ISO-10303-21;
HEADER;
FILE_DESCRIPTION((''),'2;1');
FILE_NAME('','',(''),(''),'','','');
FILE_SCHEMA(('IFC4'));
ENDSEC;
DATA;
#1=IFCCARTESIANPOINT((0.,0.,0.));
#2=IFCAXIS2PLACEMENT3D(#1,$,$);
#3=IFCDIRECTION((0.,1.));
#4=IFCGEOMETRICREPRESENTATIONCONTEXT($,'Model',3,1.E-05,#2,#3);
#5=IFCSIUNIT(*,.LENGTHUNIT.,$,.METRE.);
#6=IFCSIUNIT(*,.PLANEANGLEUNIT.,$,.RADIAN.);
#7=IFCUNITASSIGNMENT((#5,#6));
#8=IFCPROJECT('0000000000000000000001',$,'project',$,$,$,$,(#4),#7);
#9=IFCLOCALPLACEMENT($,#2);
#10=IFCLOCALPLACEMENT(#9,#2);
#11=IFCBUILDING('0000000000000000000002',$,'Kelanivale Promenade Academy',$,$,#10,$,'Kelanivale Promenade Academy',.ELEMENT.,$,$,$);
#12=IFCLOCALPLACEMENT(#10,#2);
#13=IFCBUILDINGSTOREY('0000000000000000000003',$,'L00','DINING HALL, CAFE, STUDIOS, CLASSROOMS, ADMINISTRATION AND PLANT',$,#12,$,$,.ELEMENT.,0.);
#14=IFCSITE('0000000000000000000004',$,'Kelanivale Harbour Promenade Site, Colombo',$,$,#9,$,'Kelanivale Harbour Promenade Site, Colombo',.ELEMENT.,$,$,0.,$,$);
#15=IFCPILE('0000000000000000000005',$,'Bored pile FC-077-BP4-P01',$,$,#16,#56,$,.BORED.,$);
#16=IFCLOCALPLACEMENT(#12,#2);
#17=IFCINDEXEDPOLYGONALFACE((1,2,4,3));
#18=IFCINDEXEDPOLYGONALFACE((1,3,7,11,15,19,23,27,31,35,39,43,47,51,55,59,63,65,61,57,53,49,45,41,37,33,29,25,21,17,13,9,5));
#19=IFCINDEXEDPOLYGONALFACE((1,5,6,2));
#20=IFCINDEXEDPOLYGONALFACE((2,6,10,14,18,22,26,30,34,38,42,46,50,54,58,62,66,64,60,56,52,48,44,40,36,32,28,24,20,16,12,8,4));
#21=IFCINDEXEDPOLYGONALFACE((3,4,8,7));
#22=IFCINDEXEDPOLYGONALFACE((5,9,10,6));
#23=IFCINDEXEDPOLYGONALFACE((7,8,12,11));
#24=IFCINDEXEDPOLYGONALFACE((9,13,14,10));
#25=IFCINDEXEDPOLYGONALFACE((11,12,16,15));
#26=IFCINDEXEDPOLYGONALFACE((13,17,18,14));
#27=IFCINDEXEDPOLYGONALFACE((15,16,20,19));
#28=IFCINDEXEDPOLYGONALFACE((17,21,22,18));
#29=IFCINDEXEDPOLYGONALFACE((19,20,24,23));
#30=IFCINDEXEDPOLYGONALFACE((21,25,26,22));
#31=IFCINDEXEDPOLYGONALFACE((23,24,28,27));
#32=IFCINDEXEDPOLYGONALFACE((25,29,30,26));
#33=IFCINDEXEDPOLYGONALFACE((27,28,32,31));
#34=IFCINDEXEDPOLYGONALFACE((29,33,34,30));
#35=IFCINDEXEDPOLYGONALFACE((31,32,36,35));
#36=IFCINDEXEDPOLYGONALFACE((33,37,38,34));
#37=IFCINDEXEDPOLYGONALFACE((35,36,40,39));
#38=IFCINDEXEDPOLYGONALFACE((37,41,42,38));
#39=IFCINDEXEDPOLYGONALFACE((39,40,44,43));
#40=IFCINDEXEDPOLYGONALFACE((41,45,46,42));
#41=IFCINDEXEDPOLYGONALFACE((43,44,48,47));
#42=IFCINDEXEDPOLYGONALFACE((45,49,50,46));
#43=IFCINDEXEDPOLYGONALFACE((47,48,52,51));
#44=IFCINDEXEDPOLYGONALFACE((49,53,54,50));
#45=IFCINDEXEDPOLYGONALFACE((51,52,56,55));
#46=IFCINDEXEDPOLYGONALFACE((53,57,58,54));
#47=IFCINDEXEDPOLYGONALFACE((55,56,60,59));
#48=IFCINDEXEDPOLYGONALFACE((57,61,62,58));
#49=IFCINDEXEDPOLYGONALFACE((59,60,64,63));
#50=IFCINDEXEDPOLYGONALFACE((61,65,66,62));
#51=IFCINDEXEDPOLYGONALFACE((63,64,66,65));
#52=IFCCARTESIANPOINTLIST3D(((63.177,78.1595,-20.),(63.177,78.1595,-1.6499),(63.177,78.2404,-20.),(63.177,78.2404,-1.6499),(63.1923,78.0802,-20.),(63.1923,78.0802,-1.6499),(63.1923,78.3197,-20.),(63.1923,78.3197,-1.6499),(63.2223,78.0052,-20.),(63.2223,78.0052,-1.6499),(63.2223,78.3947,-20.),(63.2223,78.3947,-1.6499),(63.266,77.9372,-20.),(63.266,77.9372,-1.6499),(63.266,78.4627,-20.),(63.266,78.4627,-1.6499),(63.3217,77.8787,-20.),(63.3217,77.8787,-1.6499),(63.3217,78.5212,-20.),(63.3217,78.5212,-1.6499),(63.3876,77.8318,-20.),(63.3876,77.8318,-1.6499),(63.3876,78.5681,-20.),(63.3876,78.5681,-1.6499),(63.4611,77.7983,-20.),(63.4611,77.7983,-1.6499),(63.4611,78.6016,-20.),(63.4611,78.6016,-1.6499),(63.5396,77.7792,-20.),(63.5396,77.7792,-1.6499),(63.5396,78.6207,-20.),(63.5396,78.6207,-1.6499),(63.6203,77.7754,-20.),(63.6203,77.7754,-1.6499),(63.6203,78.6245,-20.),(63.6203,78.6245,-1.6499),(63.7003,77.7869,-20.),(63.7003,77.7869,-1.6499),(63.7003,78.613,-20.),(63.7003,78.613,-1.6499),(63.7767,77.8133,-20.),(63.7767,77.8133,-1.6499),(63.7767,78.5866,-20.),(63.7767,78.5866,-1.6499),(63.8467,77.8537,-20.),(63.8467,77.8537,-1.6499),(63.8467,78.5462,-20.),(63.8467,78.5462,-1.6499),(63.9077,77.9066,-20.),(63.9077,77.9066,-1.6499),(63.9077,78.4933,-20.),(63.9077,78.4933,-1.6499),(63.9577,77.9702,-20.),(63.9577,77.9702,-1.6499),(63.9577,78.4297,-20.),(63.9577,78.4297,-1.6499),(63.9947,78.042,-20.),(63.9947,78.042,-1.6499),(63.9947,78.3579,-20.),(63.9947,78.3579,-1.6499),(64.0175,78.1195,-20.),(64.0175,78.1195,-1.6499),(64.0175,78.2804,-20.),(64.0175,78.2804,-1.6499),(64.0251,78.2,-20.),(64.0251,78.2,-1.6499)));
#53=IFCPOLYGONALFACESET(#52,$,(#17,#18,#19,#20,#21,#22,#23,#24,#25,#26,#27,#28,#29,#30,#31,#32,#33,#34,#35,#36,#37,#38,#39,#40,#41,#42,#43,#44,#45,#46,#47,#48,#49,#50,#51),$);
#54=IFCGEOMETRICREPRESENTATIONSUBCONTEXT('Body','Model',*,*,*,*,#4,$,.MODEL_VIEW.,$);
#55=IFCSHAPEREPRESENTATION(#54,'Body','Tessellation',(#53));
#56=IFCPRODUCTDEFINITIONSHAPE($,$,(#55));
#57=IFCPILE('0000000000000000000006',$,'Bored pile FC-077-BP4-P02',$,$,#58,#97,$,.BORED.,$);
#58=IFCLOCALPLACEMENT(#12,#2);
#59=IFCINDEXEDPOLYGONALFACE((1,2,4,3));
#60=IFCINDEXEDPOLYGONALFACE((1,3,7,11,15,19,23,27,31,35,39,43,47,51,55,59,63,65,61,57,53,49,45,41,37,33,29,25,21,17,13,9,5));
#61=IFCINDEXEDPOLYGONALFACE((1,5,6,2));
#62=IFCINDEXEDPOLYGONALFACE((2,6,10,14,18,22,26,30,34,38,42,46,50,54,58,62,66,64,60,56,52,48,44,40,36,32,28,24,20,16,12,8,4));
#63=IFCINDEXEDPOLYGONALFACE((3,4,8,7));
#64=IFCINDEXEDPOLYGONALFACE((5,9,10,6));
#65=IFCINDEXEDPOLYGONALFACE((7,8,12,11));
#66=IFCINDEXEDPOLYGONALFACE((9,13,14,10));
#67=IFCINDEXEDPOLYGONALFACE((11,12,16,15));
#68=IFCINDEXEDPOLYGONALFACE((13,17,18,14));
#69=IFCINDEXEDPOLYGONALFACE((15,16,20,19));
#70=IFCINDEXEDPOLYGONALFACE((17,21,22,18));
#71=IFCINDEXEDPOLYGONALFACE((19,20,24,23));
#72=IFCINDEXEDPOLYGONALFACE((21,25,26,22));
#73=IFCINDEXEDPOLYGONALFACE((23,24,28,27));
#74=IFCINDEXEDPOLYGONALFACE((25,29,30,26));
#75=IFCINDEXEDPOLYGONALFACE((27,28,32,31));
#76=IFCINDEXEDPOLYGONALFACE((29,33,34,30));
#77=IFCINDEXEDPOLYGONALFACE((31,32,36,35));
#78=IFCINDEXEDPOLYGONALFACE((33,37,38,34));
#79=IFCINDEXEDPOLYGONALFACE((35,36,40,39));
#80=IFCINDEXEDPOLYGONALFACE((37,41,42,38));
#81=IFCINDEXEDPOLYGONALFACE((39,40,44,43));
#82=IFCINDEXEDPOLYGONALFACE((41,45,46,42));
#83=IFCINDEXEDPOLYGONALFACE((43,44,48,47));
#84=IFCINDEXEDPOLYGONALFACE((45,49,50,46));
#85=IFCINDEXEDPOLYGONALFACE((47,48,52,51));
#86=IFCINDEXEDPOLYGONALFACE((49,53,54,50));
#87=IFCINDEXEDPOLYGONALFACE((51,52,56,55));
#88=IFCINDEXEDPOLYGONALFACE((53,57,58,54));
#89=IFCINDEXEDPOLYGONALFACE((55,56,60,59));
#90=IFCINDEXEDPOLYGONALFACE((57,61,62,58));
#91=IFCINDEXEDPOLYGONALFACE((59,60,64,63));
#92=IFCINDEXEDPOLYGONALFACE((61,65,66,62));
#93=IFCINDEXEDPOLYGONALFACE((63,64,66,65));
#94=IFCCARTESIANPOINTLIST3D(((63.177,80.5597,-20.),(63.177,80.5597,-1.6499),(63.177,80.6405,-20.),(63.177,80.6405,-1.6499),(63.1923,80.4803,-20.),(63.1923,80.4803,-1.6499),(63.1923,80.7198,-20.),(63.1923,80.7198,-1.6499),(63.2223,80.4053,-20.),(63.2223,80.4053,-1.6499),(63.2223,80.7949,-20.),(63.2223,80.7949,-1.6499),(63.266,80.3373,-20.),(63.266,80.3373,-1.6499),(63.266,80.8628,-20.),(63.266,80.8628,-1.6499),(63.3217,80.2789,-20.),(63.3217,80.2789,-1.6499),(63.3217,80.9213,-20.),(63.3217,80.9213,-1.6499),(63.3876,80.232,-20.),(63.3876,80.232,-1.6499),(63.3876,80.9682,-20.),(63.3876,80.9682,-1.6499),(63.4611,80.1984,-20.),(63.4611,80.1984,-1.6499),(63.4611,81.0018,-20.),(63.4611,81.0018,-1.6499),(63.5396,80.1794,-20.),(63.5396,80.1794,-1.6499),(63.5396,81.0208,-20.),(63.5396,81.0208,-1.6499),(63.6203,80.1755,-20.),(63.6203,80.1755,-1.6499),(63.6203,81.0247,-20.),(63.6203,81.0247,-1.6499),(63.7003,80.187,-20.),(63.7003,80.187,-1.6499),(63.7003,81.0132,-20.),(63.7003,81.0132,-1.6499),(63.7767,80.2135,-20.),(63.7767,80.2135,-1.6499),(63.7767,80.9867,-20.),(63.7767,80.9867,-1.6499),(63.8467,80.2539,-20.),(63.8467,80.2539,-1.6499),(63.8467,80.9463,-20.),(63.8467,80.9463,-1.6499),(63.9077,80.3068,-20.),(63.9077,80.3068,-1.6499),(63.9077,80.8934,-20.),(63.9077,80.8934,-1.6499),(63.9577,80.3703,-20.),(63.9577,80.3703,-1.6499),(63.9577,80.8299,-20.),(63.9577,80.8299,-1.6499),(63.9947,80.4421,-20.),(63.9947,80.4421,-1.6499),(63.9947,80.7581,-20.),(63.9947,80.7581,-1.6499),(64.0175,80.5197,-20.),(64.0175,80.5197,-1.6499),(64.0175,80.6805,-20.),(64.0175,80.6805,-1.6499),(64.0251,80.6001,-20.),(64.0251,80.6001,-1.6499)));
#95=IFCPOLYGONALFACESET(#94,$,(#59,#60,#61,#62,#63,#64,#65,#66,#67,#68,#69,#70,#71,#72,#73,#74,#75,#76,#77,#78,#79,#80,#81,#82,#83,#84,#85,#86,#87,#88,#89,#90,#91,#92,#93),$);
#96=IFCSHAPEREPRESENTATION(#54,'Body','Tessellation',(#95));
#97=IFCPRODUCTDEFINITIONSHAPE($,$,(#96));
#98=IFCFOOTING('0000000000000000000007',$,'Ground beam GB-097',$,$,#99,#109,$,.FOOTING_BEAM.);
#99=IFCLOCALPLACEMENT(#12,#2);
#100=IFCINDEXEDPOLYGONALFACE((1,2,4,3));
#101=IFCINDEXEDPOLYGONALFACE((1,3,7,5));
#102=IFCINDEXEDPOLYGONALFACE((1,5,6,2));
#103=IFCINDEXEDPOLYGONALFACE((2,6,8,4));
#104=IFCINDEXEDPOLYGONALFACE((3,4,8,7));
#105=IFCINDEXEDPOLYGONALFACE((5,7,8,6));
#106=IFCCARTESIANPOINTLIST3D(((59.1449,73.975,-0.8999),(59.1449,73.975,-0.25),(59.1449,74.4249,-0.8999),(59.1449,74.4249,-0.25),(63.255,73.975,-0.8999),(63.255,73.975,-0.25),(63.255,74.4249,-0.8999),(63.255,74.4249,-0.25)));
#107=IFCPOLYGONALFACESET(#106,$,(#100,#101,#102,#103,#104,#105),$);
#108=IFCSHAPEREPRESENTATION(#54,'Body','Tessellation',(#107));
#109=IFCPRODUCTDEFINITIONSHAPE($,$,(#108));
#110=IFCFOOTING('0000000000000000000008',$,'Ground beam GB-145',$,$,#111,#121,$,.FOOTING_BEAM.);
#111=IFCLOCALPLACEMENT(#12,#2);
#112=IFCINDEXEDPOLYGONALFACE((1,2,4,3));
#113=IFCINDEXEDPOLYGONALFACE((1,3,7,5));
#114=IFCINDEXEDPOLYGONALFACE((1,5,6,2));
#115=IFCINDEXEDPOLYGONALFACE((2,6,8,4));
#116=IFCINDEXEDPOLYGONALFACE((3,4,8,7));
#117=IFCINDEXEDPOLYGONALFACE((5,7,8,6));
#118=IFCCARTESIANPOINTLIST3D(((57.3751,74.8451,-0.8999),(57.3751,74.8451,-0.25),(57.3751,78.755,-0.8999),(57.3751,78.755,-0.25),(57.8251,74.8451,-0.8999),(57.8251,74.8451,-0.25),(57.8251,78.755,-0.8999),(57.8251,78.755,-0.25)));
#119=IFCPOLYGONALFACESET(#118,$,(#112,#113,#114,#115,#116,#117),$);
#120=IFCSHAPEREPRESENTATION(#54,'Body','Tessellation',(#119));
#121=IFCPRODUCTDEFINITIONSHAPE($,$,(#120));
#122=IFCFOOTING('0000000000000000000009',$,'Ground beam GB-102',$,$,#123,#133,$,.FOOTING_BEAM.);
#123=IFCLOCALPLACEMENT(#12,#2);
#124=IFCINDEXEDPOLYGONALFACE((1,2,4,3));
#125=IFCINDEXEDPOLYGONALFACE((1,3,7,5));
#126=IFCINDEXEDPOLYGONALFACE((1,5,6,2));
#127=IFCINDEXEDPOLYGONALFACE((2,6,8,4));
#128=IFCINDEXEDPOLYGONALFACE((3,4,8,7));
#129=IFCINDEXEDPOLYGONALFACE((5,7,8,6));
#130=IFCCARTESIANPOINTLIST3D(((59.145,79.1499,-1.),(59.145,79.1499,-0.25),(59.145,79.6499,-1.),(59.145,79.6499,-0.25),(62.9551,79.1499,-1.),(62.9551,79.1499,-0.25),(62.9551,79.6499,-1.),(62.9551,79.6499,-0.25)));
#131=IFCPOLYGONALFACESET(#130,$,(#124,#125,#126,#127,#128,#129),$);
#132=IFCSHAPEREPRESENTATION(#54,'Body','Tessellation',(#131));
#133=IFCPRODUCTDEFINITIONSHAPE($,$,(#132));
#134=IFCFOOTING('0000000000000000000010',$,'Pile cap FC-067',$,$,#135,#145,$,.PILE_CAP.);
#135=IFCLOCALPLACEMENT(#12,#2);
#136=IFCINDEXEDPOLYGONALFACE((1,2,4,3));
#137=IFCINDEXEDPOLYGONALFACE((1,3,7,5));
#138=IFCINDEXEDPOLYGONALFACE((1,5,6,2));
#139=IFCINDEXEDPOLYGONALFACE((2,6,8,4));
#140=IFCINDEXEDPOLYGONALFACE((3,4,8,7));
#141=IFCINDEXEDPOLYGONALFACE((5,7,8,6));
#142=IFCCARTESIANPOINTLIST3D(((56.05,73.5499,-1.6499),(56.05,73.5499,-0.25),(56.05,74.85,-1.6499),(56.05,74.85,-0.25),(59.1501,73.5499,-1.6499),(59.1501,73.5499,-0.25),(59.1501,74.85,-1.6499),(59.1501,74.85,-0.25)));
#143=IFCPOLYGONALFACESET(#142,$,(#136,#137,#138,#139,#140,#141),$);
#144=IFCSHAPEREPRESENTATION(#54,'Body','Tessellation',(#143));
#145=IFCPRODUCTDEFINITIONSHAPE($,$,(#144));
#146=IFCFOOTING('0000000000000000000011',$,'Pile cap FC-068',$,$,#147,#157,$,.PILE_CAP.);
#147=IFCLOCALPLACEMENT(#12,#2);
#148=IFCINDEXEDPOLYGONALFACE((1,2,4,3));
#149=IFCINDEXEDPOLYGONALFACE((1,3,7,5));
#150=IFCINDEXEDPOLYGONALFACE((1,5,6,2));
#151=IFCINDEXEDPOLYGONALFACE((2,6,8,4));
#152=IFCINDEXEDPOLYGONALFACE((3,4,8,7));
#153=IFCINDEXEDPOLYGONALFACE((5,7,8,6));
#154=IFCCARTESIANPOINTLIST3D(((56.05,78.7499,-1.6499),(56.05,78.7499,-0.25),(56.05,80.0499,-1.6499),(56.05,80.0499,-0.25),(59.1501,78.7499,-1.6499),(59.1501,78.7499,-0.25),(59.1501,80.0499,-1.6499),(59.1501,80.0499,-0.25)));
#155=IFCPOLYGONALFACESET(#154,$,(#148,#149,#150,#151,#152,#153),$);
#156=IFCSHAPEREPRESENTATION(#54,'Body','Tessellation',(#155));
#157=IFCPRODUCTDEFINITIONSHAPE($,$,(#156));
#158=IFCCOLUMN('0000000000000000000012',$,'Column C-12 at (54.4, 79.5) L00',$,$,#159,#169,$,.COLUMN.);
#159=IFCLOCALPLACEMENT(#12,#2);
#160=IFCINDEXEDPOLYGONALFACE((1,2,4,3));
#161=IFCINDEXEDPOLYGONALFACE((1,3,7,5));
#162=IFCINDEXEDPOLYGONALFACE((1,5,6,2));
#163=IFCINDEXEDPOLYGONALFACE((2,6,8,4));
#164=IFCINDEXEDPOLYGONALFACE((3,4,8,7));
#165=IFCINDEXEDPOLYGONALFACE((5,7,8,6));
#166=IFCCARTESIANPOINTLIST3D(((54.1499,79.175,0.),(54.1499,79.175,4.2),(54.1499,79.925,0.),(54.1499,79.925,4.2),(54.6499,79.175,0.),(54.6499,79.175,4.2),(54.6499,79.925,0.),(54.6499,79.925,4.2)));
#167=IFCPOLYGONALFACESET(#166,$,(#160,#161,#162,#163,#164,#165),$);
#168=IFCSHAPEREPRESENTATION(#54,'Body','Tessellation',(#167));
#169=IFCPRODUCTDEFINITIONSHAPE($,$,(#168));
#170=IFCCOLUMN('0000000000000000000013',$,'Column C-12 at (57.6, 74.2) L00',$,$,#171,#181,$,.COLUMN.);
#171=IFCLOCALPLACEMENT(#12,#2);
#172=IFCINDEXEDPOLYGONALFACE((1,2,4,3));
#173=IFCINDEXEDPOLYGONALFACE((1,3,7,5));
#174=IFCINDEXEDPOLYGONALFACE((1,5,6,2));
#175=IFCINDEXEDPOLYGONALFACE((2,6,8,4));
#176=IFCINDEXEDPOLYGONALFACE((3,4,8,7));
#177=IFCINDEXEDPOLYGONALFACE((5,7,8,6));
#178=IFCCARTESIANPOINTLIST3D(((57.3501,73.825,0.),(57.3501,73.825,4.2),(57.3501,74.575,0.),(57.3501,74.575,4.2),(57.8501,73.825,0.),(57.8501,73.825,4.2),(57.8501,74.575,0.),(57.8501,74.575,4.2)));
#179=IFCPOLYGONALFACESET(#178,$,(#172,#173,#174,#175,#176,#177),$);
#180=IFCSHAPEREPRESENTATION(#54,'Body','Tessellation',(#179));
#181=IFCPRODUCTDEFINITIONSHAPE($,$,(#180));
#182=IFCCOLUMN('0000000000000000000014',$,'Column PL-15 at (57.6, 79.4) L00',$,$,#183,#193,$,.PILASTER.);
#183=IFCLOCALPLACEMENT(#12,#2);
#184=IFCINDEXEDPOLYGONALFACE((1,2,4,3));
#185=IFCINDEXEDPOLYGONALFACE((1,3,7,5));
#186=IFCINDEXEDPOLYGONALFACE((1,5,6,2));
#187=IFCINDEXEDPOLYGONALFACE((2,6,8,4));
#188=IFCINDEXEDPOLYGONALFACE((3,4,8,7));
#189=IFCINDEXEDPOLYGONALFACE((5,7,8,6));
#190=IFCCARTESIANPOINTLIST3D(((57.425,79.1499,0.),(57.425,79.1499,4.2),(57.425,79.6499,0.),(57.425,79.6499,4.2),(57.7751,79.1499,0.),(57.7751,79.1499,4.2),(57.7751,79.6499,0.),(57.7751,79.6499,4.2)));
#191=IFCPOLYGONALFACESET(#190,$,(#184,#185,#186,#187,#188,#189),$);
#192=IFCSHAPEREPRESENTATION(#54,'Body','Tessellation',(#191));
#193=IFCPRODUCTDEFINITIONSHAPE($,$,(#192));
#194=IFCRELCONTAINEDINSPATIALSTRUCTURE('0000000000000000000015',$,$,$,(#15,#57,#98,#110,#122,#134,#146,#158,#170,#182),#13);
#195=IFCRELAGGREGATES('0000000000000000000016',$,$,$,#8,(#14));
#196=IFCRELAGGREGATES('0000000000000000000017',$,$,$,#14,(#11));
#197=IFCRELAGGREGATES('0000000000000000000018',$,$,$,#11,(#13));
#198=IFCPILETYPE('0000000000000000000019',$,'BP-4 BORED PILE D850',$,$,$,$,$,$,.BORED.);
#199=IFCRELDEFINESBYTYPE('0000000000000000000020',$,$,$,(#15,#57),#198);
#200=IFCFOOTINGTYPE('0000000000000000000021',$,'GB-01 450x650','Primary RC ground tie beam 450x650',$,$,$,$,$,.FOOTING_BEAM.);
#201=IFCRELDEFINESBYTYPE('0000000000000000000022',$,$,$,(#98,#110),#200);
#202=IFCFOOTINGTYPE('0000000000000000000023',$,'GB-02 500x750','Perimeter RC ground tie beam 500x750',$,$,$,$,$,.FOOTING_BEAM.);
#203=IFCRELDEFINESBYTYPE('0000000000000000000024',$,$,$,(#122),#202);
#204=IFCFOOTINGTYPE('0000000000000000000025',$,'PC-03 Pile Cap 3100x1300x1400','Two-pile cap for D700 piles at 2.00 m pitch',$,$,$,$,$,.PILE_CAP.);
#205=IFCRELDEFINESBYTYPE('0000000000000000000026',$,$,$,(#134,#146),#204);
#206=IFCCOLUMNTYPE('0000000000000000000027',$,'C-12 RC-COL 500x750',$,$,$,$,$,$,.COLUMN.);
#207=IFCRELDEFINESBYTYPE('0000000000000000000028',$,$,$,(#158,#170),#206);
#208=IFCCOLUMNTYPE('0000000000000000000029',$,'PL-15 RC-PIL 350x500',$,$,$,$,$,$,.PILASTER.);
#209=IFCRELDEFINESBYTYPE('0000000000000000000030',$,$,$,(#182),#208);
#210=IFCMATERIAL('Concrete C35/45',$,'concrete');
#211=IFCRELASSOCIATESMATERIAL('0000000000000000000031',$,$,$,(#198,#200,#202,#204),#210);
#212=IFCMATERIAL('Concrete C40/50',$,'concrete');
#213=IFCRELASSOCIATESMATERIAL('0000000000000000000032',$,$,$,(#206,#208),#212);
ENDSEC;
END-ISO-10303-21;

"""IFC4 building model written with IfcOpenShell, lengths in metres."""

from ifc_helpers import new_model, si_unit, direction, frame, origin, origin_2d, place, context, subcontext, project, spatial, rectangle, circle, extrude, material, material_profile, profile_set, type_object, element, save


model = new_model("IFC4")

# Units and contexts
model_context = context("Model", 3, precision=1e-05, world=origin(), true_north=direction((0.0, 1.0)))
body_context = subcontext(model_context, "Body", "Model", "MODEL_VIEW")
ifc_project = project(units=[si_unit("LENGTHUNIT", "METRE"), si_unit("PLANEANGLEUNIT", "RADIAN")], contexts=[model_context])

# Site, building, storey
site_placement = place(None, origin())
site = spatial("IfcSite", under=ifc_project, at=site_placement, Name="Kelanivale Harbour Promenade Site, Colombo", LongName="Kelanivale Harbour Promenade Site, Colombo", CompositionType="ELEMENT", RefElevation=0.0)
building_placement = place(site_placement, origin())
building = spatial("IfcBuilding", under=site, at=building_placement, Name="Kelanivale Promenade Academy", LongName="Kelanivale Promenade Academy", CompositionType="ELEMENT")
storey_placement = place(building_placement, origin())
storey = spatial("IfcBuildingStorey", under=building, at=storey_placement, Name="L00", Description="DINING HALL, CAFE, STUDIOS, CLASSROOMS, ADMINISTRATION AND PLANT", CompositionType="ELEMENT", Elevation=0.0)

# Piles
ifc_material_1 = material(Name="Concrete C35/45", Category="concrete")
ifc_material_profile_1 = material_profile(ifc_material_1, circle(Radius=0.425, at=origin_2d()), Name="BORED PILE D850")
ifc_profile_set_1 = profile_set([ifc_material_profile_1], Name="Concrete C35/45")
pile_type_1 = type_object("IfcPileType", Name="BP-4 BORED PILE D850", PredefinedType="BORED", material=ifc_profile_set_1)
for number, where, z_axis, x_axis, name in (
    (1, (63.6001, 78.2, -1.6499), (0.0, 0.0, -1.0), (1.0, 0.0, 0.0), "Bored pile FC-077-BP4-P01"),
    (2, (63.6001, 80.6001, -1.6499), (0.0, 0.0, -1.0), (1.0, 0.0, 0.0), "Bored pile FC-077-BP4-P02"),
):
    element("IfcPile", number, at=place(storey_placement, frame(where, z_axis=z_axis, x_axis=x_axis)), inside=storey, type_object=pile_type_1, Name=name, PredefinedType="BORED", context=body_context, shape_type="SweptSolid", body=[
        extrude(circle(Radius=0.425, at=origin_2d()), origin(), (0.0, 0.0, 1.0), 18.3501),
    ])

# Footings
footing_type_1 = type_object("IfcFootingType", Name="GB-01 450x650", Description="Primary RC ground tie beam 450x650", PredefinedType="FOOTING_BEAM", material=ifc_material_1)
footing_1_placement = place(storey_placement, frame((61.2, 74.2, -0.8999), z_axis=(0.0, 0.0, 1.0), x_axis=(1.0, 0.0, 0.0)))
element("IfcFooting", 3, at=footing_1_placement, inside=storey, type_object=footing_type_1, Name="Ground beam GB-097", PredefinedType="FOOTING_BEAM", context=body_context, shape_type="SweptSolid", body=[
    extrude(rectangle(XDim=4.1101, YDim=0.45, at=origin_2d()), origin(), (0.0, 0.0, 1.0), 0.6499),
])
footing_2_placement = place(storey_placement, frame((57.6001, 76.8, -0.8999), z_axis=(0.0, 0.0, 1.0), x_axis=(0.0, 1.0, 0.0)))
element("IfcFooting", 4, at=footing_2_placement, inside=storey, type_object=footing_type_1, Name="Ground beam GB-145", PredefinedType="FOOTING_BEAM", context=body_context, shape_type="SweptSolid", body=[
    extrude(rectangle(XDim=3.9099, YDim=0.45, at=origin_2d()), origin(), (0.0, 0.0, 1.0), 0.6499),
])
footing_type_2 = type_object("IfcFootingType", Name="GB-02 500x750", Description="Perimeter RC ground tie beam 500x750", PredefinedType="FOOTING_BEAM", material=ifc_material_1)
footing_3_placement = place(storey_placement, frame((61.05, 79.3999, -1.0), z_axis=(0.0, 0.0, 1.0), x_axis=(1.0, 0.0, 0.0)))
element("IfcFooting", 5, at=footing_3_placement, inside=storey, type_object=footing_type_2, Name="Ground beam GB-102", PredefinedType="FOOTING_BEAM", context=body_context, shape_type="SweptSolid", body=[
    extrude(rectangle(XDim=3.8101, YDim=0.5, at=origin_2d()), origin(), (0.0, 0.0, 1.0), 0.75),
])
footing_type_3 = type_object("IfcFootingType", Name="PC-03 Pile Cap 3100x1300x1400", Description="Two-pile cap for D700 piles at 2.00 m pitch", PredefinedType="PILE_CAP", material=ifc_material_1)
for number, where, z_axis, x_axis, name in (
    (6, (57.6001, 74.2, -1.6499), (0.0, 0.0, 1.0), (1.0, 0.0, 0.0), "Pile cap FC-067"),
    (7, (57.6001, 79.3999, -1.6499), (0.0, 0.0, 1.0), (1.0, 0.0, 0.0), "Pile cap FC-068"),
):
    element("IfcFooting", number, at=place(storey_placement, frame(where, z_axis=z_axis, x_axis=x_axis)), inside=storey, type_object=footing_type_3, Name=name, PredefinedType="PILE_CAP", context=body_context, shape_type="SweptSolid", body=[
        extrude(rectangle(XDim=3.1001, YDim=1.3, at=origin_2d()), origin(), (0.0, 0.0, 1.0), 1.3999),
    ])

# Columns
ifc_material_2 = material(Name="Concrete C40/50", Category="concrete")
ifc_material_profile_2 = material_profile(ifc_material_2, rectangle(XDim=0.5, YDim=0.75, at=origin_2d()), Name="RC-COL 500x750")
ifc_profile_set_2 = profile_set([ifc_material_profile_2], Name="Concrete C40/50")
column_type_1 = type_object("IfcColumnType", Name="C-12 RC-COL 500x750", PredefinedType="COLUMN", material=ifc_profile_set_2)
for number, where, z_axis, x_axis, name in (
    (8, (54.3999, 79.55, 0.0), (0.0, 0.0, 1.0), (1.0, 0.0, 0.0), "Column C-12 at (54.4, 79.5) L00"),
    (9, (57.6001, 74.2, 0.0), (0.0, 0.0, 1.0), (1.0, 0.0, 0.0), "Column C-12 at (57.6, 74.2) L00"),
):
    element("IfcColumn", number, at=place(storey_placement, frame(where, z_axis=z_axis, x_axis=x_axis)), inside=storey, type_object=column_type_1, Name=name, PredefinedType="COLUMN", context=body_context, shape_type="SweptSolid", body=[
        extrude(rectangle(XDim=0.5, YDim=0.75, at=origin_2d()), origin(), (0.0, 0.0, 1.0), 4.2),
    ])
ifc_material_profile_3 = material_profile(ifc_material_2, rectangle(XDim=0.3501, YDim=0.5, at=origin_2d()), Name="RC-PIL 350x500")
ifc_profile_set_3 = profile_set([ifc_material_profile_3], Name="Concrete C40/50")
column_type_2 = type_object("IfcColumnType", Name="PL-15 RC-PIL 350x500", PredefinedType="PILASTER", material=ifc_profile_set_3)
column_placement = place(storey_placement, frame((57.6001, 79.3999, 0.0), z_axis=(0.0, 0.0, 1.0), x_axis=(1.0, 0.0, 0.0)))
element("IfcColumn", 10, at=column_placement, inside=storey, type_object=column_type_2, Name="Column PL-15 at (57.6, 79.4) L00", PredefinedType="PILASTER", context=body_context, shape_type="SweptSolid", body=[
    extrude(rectangle(XDim=0.3501, YDim=0.5, at=origin_2d()), origin(), (0.0, 0.0, 1.0), 4.2),
])

save(model, "model.ifc")
